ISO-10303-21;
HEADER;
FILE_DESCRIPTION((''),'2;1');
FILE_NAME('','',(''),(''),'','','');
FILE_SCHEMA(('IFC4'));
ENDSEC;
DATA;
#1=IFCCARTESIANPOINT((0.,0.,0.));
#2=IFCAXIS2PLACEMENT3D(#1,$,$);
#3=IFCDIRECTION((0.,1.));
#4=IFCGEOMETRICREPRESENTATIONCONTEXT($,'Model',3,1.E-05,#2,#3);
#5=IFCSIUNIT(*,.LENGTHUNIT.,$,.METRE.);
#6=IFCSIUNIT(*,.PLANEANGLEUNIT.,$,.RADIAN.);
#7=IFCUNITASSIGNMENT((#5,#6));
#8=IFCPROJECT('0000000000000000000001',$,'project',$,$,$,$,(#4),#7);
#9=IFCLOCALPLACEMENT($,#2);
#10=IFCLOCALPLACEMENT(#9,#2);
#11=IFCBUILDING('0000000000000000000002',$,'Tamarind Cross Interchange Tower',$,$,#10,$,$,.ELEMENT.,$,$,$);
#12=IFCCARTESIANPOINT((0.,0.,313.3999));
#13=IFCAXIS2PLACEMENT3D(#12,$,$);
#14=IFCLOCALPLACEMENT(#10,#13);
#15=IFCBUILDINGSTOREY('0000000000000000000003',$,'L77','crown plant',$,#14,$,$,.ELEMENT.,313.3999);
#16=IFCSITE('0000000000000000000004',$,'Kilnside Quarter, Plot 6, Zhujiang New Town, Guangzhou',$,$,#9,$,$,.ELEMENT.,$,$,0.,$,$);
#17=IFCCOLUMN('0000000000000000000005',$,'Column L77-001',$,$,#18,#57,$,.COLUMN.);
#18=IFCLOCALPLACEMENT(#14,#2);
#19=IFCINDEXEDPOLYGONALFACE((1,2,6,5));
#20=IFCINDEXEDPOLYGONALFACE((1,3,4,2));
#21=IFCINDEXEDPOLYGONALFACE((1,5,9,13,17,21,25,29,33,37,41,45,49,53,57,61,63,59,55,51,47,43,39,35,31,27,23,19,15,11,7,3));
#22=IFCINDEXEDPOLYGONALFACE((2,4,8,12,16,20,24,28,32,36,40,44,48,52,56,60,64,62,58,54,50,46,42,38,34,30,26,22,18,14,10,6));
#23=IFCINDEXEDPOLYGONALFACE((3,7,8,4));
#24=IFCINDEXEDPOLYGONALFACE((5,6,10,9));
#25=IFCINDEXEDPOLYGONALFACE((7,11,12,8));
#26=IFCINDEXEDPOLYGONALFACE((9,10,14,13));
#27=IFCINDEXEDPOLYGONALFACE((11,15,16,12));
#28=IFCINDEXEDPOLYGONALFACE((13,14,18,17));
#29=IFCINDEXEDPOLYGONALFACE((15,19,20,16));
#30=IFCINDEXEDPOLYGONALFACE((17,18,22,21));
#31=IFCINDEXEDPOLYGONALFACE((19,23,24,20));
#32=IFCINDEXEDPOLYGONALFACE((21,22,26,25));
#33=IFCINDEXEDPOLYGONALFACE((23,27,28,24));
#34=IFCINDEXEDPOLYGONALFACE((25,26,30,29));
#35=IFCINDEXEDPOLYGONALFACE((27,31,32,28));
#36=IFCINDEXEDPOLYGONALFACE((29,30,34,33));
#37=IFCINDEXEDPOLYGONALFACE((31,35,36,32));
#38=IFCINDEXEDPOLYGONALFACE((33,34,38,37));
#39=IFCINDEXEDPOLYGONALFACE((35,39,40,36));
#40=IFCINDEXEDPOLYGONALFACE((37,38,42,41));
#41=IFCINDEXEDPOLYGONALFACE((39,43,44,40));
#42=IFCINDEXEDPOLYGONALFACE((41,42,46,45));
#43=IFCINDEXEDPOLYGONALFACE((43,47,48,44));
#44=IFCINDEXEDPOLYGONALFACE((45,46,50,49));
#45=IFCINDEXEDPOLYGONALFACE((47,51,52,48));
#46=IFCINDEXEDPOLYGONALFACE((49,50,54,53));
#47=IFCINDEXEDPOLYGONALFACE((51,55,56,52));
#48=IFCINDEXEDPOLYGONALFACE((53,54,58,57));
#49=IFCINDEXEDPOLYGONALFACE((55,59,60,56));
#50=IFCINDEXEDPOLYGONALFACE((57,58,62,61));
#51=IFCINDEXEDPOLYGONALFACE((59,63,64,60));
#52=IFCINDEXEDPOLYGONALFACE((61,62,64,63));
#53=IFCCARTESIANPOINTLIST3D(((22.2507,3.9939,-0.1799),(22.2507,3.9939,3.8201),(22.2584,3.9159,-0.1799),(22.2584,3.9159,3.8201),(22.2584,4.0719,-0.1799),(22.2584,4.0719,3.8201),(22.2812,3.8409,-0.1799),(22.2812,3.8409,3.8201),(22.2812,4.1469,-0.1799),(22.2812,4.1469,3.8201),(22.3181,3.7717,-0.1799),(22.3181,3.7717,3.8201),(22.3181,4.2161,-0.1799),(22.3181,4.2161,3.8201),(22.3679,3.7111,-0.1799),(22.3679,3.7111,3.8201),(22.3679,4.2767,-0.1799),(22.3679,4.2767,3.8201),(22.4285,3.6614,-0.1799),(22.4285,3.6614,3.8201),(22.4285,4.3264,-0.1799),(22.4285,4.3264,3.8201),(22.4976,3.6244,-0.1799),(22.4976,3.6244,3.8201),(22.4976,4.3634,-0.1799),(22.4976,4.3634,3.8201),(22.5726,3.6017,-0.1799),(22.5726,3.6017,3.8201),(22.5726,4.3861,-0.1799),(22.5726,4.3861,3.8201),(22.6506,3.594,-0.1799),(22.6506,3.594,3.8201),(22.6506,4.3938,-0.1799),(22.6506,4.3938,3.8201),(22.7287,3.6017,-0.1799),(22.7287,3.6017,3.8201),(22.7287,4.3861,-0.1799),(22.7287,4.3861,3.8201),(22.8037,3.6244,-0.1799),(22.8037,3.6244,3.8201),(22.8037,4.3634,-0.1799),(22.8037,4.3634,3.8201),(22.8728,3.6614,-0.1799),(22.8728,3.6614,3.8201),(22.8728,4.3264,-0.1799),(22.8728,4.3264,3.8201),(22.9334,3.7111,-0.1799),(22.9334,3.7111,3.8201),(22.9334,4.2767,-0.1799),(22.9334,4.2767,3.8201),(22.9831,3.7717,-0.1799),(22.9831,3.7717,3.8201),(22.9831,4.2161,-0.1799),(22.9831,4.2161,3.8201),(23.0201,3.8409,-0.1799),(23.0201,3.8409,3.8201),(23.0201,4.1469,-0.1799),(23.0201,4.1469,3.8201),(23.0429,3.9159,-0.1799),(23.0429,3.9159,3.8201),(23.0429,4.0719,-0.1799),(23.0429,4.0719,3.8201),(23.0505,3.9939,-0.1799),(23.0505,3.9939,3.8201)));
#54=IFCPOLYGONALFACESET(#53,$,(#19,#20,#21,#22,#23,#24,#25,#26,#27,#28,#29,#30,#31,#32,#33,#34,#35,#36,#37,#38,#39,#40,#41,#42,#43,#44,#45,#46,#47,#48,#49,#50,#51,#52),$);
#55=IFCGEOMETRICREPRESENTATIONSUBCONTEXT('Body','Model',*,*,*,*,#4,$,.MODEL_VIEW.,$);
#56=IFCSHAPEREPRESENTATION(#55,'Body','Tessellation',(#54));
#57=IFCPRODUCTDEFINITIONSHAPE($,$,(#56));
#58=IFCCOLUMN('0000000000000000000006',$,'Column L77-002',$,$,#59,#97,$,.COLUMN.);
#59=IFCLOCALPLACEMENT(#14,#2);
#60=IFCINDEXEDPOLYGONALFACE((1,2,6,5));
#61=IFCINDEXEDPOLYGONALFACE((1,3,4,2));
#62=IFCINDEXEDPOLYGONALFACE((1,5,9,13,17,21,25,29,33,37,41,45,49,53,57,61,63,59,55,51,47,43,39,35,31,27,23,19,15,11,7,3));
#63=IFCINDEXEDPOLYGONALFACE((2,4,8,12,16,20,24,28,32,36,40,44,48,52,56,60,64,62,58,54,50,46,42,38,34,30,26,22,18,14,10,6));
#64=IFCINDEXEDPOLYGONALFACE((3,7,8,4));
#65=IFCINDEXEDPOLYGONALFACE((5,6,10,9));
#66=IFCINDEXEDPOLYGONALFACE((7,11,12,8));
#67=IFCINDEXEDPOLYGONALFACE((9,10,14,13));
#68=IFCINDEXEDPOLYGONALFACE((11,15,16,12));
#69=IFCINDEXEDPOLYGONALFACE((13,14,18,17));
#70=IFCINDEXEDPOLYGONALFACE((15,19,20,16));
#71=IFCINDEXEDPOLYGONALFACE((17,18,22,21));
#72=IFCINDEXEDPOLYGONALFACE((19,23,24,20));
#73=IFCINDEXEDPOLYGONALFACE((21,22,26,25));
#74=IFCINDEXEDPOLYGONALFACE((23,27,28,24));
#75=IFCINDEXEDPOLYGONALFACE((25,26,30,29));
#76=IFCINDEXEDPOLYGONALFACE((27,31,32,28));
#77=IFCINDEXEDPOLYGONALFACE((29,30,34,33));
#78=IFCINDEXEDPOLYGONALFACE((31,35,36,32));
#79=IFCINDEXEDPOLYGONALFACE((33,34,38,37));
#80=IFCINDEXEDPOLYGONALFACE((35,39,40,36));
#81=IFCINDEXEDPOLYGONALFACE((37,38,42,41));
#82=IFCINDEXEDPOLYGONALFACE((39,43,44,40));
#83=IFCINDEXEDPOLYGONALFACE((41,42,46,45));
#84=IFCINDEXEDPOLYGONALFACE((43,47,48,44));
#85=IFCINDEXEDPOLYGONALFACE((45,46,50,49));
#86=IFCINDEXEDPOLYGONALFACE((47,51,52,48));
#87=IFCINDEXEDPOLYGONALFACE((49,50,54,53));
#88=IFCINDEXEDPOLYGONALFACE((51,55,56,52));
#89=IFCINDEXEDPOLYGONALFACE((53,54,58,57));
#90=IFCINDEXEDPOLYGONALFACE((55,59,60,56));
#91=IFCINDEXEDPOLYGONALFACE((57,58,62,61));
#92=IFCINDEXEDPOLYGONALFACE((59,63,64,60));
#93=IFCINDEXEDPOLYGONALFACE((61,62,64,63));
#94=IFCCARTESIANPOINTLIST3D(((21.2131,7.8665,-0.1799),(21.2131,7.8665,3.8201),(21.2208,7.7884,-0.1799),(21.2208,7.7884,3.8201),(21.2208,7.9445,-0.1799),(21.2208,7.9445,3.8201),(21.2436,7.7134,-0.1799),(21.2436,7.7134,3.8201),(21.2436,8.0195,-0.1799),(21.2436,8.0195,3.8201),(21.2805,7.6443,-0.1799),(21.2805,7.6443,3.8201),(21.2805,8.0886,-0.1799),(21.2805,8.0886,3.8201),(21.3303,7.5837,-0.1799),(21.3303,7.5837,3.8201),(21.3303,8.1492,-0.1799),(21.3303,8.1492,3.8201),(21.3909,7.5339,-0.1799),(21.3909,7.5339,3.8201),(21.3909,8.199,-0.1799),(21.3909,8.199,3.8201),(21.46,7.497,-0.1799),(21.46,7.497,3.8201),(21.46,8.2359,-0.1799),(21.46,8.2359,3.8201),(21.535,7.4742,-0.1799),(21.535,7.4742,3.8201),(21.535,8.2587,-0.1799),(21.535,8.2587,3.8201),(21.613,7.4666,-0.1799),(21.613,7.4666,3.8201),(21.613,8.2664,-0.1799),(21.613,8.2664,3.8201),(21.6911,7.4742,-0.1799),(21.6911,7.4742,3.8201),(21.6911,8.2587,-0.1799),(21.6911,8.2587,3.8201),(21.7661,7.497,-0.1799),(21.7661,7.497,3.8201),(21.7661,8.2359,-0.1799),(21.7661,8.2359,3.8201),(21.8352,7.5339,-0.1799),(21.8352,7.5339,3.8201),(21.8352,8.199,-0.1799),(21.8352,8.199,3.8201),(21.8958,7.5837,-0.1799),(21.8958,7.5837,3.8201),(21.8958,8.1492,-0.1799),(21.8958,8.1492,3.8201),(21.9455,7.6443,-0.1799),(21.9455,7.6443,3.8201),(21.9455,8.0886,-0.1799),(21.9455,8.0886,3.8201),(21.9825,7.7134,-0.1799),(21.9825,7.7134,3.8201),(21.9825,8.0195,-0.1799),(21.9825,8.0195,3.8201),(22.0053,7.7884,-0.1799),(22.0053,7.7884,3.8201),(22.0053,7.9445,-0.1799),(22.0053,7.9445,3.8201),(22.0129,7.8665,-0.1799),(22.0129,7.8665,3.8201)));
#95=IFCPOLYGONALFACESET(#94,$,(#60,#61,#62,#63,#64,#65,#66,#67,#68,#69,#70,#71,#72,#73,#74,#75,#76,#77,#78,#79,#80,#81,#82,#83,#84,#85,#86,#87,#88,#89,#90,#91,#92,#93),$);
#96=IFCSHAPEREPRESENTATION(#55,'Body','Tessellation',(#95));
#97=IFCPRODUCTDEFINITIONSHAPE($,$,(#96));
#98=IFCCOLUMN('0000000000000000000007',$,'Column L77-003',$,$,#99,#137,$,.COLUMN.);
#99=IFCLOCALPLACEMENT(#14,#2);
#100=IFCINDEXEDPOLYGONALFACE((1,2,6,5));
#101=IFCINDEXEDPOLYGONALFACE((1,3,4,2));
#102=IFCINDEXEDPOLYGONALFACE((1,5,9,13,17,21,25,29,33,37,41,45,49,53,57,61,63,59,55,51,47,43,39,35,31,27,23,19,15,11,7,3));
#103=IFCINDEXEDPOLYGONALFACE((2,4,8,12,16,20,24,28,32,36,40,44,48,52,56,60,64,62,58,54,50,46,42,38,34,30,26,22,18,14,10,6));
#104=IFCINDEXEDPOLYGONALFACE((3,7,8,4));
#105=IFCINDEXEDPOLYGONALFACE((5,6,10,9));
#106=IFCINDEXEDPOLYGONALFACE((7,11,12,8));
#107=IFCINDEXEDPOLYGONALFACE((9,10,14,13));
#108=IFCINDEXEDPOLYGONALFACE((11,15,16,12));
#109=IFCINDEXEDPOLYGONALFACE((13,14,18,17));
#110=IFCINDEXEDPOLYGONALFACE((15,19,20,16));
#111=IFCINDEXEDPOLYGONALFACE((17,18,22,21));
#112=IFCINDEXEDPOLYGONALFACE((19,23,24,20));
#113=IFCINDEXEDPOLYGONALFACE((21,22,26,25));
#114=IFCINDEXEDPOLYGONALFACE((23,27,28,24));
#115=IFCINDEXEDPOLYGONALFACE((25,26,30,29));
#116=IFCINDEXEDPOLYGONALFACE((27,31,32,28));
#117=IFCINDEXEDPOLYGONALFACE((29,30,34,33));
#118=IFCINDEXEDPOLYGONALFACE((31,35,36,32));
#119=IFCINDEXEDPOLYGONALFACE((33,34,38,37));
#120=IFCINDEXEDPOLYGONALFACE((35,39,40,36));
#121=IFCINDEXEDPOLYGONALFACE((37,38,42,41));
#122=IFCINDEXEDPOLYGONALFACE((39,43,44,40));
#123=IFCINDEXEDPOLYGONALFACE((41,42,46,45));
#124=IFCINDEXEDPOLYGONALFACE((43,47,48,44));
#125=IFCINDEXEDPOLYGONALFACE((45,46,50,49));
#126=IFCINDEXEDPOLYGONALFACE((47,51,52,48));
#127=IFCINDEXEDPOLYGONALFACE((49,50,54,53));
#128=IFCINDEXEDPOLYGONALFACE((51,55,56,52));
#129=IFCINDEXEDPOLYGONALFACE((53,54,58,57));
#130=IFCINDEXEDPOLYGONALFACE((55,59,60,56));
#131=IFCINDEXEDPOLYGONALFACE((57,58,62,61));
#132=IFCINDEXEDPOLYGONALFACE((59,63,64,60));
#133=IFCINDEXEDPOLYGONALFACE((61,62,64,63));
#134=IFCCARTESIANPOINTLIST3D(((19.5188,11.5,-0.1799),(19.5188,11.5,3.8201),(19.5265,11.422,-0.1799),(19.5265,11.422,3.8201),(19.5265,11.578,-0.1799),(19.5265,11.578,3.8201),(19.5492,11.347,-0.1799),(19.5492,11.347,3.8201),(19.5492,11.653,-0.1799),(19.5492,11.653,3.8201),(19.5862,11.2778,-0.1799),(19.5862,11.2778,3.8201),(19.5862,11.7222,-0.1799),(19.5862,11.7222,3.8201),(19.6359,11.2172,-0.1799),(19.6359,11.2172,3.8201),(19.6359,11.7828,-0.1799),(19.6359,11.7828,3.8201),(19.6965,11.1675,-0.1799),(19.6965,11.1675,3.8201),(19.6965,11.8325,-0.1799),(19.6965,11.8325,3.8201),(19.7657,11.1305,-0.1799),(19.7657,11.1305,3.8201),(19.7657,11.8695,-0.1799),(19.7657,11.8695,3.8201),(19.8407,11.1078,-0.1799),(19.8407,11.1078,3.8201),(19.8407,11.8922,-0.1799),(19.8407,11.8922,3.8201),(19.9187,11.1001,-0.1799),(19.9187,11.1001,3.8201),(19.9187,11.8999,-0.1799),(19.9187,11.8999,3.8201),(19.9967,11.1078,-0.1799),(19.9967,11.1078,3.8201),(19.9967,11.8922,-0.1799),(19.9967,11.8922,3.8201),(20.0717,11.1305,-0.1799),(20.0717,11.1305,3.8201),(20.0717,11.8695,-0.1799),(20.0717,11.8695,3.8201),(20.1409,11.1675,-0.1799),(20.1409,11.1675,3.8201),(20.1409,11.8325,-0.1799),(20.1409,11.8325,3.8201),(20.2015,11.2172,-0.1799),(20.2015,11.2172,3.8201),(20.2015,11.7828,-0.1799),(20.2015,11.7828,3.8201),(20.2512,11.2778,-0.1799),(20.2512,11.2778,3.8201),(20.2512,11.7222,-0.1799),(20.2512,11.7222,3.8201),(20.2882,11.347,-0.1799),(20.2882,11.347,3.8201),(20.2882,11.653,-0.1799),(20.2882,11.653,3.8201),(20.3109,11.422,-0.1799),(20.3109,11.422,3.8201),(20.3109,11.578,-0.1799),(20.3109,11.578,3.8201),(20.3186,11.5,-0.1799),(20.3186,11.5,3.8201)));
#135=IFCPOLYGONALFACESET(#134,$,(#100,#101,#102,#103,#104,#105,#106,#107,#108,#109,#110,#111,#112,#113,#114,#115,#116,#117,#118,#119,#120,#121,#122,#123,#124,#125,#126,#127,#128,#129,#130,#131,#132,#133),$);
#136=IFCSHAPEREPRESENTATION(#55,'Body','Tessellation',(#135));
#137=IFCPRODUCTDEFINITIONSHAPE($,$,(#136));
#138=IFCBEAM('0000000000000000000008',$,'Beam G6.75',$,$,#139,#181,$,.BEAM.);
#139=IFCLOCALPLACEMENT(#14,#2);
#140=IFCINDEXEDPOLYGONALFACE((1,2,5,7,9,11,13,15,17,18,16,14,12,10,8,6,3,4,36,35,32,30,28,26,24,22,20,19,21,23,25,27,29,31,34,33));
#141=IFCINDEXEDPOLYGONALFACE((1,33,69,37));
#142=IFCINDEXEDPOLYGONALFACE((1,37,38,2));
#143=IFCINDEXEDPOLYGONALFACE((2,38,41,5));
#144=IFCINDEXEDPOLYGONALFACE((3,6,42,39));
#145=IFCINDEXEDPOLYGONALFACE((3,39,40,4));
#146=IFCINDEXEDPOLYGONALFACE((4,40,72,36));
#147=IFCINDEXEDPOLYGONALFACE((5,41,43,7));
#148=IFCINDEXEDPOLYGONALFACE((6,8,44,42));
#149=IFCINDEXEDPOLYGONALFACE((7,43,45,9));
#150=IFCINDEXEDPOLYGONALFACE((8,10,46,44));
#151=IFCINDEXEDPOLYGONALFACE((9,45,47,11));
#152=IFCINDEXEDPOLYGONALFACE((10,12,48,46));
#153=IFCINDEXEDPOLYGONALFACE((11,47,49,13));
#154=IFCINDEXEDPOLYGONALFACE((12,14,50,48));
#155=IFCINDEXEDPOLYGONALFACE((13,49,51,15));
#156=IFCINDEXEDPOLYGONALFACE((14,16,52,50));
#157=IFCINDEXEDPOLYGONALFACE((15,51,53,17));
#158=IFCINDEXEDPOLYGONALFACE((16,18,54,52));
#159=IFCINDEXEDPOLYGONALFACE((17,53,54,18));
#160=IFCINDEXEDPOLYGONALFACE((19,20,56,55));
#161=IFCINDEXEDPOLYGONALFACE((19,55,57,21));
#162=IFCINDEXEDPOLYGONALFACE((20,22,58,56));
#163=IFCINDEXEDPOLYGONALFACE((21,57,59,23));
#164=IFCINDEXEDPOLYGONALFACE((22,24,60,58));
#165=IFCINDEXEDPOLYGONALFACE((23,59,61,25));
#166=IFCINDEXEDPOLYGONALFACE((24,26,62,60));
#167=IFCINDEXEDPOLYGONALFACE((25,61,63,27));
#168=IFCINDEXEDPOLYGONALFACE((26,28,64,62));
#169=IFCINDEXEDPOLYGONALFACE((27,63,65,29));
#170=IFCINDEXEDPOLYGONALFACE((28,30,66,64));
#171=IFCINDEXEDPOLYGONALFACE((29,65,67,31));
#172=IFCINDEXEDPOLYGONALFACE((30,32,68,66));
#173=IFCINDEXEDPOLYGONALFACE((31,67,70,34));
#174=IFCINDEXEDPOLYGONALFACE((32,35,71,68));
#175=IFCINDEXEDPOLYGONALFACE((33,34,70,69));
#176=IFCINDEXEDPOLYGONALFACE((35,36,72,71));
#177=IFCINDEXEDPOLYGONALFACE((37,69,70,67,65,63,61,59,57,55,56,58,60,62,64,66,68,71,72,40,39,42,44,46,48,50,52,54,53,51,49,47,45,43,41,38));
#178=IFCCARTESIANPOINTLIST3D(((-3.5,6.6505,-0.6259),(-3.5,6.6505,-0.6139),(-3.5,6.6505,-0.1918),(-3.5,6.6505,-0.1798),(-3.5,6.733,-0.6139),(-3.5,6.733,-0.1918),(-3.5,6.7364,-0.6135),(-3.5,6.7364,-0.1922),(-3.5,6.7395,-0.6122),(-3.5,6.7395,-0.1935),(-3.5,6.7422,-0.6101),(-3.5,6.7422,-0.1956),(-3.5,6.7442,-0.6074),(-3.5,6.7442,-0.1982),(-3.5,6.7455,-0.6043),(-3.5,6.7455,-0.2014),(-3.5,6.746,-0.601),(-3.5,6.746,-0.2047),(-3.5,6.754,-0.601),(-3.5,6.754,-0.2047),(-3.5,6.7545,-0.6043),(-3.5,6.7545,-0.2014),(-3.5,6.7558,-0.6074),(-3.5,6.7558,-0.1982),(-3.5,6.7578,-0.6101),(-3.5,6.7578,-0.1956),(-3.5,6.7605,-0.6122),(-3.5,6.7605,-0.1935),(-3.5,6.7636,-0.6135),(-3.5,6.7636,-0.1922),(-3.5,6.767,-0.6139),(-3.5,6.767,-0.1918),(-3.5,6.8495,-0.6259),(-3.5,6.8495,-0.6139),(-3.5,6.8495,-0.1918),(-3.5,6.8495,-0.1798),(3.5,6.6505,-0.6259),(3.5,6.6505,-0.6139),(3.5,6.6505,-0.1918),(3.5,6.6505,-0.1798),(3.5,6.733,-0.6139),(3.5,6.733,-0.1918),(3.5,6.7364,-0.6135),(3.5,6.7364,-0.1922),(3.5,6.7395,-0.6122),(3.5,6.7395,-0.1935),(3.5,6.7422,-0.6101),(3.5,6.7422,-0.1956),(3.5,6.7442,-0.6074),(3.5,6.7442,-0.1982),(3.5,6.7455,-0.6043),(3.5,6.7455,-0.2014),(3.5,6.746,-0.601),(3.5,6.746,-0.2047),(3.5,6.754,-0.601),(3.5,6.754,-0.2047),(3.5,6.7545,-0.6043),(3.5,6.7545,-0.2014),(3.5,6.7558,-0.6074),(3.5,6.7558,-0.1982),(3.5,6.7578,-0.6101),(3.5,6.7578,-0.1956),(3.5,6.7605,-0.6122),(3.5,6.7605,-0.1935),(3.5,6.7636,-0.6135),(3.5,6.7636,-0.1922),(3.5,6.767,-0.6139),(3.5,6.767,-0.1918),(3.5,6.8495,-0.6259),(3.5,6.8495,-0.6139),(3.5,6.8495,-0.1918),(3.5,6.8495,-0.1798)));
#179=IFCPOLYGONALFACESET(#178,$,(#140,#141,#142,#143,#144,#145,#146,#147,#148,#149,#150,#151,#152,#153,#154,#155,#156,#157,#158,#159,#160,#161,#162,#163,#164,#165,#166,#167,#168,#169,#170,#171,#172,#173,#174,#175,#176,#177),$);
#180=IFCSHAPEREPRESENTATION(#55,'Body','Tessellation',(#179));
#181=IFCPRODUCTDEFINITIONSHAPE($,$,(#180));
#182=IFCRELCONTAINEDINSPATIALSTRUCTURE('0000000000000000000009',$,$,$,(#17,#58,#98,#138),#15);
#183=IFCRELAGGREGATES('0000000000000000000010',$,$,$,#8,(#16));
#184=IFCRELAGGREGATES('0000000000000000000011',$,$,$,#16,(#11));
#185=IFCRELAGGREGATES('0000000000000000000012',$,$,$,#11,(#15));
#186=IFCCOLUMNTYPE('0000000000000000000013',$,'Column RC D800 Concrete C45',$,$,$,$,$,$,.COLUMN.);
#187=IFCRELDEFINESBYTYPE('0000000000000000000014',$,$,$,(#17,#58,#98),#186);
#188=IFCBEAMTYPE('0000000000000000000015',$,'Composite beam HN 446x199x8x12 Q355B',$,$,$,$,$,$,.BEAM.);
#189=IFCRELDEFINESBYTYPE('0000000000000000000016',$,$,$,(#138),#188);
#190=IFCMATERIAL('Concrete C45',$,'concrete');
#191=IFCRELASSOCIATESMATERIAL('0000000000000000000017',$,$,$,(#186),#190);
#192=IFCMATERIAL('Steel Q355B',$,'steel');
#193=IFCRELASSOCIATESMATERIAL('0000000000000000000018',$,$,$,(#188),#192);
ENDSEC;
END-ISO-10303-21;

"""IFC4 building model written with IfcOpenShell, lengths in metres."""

from ifc_helpers import new_model, si_unit, direction, frame, origin, origin_2d, place, context, subcontext, project, spatial, circle, i_section, extrude, material, material_profile, profile_set, type_object, element, save


model = new_model("IFC4")

# Units and contexts
model_context = context("Model", 3, precision=1e-05, world=origin(), true_north=direction((0.0, 1.0)))
body_context = subcontext(model_context, "Body", "Model", "MODEL_VIEW")
ifc_project = project(units=[si_unit("LENGTHUNIT", "METRE"), si_unit("PLANEANGLEUNIT", "RADIAN")], contexts=[model_context])

# Site, building, storey
site_placement = place(None, origin())
site = spatial("IfcSite", under=ifc_project, at=site_placement, Name="Kilnside Quarter, Plot 6, Zhujiang New Town, Guangzhou", CompositionType="ELEMENT", RefElevation=0.0)
building_placement = place(site_placement, origin())
building = spatial("IfcBuilding", under=site, at=building_placement, Name="Tamarind Cross Interchange Tower", CompositionType="ELEMENT")
storey_placement = place(building_placement, frame((0.0, 0.0, 313.3999)))
storey = spatial("IfcBuildingStorey", under=building, at=storey_placement, Name="L77", Description="crown plant", CompositionType="ELEMENT", Elevation=313.3999)

# Columns
ifc_material_1 = material(Name="Concrete C45", Category="concrete")
ifc_material_profile_1 = material_profile(ifc_material_1, circle(Radius=0.3999, at=origin_2d()), Name="RC D800")
ifc_profile_set_1 = profile_set([ifc_material_profile_1], Name="Concrete C45")
column_type = type_object("IfcColumnType", Name="Column RC D800 Concrete C45", PredefinedType="COLUMN", material=ifc_profile_set_1)
for number, where, z_axis, x_axis, name in (
    (1, (22.6506, 3.9939, -0.1799), (0.0, 0.0, 1.0), (1.0, 0.0, 0.0), "Column L77-001"),
    (2, (21.613, 7.8665, -0.1799), (0.0, 0.0, 1.0), (1.0, 0.0, 0.0), "Column L77-002"),
    (3, (19.9187, 11.5, -0.1799), (0.0, 0.0, 1.0), (1.0, 0.0, 0.0), "Column L77-003"),
):
    element("IfcColumn", number, at=place(storey_placement, frame(where, z_axis=z_axis, x_axis=x_axis)), inside=storey, type_object=column_type, Name=name, PredefinedType="COLUMN", context=body_context, shape_type="SweptSolid", body=[
        extrude(circle(Radius=0.3999, at=origin_2d()), origin(), (0.0, 0.0, 1.0), 4.0),
    ])

# Beam
ifc_material_2 = material(Name="Steel Q355B", Category="steel")
ifc_material_profile_2 = material_profile(ifc_material_2, i_section(OverallWidth=0.199, OverallDepth=0.446, WebThickness=0.0081, FlangeThickness=0.012, FilletRadius=0.0129, at=origin_2d()), Name="HN 446x199x8x12")
ifc_profile_set_2 = profile_set([ifc_material_profile_2], Name="Steel Q355B")
beam_type_1 = type_object("IfcBeamType", Name="Composite beam HN 446x199x8x12 Q355B", PredefinedType="BEAM", material=ifc_profile_set_2)
for number, where, z_axis, x_axis, name in (
    (4, (-3.5, 6.75, -0.4028), (1.0, 0.0, 0.0), (0.0, 1.0, 0.0), "Beam G6.75"),
):
    element("IfcBeam", number, at=place(storey_placement, frame(where, z_axis=z_axis, x_axis=x_axis)), inside=storey, type_object=beam_type_1, Name=name, PredefinedType="BEAM", context=body_context, shape_type="SweptSolid", body=[
        extrude(i_section(OverallWidth=0.199, OverallDepth=0.446, WebThickness=0.0081, FlangeThickness=0.012, FilletRadius=0.0129, at=origin_2d()), origin(), (0.0, 0.0, 1.0), 7.0),
    ])

save(model, "model.ifc")
